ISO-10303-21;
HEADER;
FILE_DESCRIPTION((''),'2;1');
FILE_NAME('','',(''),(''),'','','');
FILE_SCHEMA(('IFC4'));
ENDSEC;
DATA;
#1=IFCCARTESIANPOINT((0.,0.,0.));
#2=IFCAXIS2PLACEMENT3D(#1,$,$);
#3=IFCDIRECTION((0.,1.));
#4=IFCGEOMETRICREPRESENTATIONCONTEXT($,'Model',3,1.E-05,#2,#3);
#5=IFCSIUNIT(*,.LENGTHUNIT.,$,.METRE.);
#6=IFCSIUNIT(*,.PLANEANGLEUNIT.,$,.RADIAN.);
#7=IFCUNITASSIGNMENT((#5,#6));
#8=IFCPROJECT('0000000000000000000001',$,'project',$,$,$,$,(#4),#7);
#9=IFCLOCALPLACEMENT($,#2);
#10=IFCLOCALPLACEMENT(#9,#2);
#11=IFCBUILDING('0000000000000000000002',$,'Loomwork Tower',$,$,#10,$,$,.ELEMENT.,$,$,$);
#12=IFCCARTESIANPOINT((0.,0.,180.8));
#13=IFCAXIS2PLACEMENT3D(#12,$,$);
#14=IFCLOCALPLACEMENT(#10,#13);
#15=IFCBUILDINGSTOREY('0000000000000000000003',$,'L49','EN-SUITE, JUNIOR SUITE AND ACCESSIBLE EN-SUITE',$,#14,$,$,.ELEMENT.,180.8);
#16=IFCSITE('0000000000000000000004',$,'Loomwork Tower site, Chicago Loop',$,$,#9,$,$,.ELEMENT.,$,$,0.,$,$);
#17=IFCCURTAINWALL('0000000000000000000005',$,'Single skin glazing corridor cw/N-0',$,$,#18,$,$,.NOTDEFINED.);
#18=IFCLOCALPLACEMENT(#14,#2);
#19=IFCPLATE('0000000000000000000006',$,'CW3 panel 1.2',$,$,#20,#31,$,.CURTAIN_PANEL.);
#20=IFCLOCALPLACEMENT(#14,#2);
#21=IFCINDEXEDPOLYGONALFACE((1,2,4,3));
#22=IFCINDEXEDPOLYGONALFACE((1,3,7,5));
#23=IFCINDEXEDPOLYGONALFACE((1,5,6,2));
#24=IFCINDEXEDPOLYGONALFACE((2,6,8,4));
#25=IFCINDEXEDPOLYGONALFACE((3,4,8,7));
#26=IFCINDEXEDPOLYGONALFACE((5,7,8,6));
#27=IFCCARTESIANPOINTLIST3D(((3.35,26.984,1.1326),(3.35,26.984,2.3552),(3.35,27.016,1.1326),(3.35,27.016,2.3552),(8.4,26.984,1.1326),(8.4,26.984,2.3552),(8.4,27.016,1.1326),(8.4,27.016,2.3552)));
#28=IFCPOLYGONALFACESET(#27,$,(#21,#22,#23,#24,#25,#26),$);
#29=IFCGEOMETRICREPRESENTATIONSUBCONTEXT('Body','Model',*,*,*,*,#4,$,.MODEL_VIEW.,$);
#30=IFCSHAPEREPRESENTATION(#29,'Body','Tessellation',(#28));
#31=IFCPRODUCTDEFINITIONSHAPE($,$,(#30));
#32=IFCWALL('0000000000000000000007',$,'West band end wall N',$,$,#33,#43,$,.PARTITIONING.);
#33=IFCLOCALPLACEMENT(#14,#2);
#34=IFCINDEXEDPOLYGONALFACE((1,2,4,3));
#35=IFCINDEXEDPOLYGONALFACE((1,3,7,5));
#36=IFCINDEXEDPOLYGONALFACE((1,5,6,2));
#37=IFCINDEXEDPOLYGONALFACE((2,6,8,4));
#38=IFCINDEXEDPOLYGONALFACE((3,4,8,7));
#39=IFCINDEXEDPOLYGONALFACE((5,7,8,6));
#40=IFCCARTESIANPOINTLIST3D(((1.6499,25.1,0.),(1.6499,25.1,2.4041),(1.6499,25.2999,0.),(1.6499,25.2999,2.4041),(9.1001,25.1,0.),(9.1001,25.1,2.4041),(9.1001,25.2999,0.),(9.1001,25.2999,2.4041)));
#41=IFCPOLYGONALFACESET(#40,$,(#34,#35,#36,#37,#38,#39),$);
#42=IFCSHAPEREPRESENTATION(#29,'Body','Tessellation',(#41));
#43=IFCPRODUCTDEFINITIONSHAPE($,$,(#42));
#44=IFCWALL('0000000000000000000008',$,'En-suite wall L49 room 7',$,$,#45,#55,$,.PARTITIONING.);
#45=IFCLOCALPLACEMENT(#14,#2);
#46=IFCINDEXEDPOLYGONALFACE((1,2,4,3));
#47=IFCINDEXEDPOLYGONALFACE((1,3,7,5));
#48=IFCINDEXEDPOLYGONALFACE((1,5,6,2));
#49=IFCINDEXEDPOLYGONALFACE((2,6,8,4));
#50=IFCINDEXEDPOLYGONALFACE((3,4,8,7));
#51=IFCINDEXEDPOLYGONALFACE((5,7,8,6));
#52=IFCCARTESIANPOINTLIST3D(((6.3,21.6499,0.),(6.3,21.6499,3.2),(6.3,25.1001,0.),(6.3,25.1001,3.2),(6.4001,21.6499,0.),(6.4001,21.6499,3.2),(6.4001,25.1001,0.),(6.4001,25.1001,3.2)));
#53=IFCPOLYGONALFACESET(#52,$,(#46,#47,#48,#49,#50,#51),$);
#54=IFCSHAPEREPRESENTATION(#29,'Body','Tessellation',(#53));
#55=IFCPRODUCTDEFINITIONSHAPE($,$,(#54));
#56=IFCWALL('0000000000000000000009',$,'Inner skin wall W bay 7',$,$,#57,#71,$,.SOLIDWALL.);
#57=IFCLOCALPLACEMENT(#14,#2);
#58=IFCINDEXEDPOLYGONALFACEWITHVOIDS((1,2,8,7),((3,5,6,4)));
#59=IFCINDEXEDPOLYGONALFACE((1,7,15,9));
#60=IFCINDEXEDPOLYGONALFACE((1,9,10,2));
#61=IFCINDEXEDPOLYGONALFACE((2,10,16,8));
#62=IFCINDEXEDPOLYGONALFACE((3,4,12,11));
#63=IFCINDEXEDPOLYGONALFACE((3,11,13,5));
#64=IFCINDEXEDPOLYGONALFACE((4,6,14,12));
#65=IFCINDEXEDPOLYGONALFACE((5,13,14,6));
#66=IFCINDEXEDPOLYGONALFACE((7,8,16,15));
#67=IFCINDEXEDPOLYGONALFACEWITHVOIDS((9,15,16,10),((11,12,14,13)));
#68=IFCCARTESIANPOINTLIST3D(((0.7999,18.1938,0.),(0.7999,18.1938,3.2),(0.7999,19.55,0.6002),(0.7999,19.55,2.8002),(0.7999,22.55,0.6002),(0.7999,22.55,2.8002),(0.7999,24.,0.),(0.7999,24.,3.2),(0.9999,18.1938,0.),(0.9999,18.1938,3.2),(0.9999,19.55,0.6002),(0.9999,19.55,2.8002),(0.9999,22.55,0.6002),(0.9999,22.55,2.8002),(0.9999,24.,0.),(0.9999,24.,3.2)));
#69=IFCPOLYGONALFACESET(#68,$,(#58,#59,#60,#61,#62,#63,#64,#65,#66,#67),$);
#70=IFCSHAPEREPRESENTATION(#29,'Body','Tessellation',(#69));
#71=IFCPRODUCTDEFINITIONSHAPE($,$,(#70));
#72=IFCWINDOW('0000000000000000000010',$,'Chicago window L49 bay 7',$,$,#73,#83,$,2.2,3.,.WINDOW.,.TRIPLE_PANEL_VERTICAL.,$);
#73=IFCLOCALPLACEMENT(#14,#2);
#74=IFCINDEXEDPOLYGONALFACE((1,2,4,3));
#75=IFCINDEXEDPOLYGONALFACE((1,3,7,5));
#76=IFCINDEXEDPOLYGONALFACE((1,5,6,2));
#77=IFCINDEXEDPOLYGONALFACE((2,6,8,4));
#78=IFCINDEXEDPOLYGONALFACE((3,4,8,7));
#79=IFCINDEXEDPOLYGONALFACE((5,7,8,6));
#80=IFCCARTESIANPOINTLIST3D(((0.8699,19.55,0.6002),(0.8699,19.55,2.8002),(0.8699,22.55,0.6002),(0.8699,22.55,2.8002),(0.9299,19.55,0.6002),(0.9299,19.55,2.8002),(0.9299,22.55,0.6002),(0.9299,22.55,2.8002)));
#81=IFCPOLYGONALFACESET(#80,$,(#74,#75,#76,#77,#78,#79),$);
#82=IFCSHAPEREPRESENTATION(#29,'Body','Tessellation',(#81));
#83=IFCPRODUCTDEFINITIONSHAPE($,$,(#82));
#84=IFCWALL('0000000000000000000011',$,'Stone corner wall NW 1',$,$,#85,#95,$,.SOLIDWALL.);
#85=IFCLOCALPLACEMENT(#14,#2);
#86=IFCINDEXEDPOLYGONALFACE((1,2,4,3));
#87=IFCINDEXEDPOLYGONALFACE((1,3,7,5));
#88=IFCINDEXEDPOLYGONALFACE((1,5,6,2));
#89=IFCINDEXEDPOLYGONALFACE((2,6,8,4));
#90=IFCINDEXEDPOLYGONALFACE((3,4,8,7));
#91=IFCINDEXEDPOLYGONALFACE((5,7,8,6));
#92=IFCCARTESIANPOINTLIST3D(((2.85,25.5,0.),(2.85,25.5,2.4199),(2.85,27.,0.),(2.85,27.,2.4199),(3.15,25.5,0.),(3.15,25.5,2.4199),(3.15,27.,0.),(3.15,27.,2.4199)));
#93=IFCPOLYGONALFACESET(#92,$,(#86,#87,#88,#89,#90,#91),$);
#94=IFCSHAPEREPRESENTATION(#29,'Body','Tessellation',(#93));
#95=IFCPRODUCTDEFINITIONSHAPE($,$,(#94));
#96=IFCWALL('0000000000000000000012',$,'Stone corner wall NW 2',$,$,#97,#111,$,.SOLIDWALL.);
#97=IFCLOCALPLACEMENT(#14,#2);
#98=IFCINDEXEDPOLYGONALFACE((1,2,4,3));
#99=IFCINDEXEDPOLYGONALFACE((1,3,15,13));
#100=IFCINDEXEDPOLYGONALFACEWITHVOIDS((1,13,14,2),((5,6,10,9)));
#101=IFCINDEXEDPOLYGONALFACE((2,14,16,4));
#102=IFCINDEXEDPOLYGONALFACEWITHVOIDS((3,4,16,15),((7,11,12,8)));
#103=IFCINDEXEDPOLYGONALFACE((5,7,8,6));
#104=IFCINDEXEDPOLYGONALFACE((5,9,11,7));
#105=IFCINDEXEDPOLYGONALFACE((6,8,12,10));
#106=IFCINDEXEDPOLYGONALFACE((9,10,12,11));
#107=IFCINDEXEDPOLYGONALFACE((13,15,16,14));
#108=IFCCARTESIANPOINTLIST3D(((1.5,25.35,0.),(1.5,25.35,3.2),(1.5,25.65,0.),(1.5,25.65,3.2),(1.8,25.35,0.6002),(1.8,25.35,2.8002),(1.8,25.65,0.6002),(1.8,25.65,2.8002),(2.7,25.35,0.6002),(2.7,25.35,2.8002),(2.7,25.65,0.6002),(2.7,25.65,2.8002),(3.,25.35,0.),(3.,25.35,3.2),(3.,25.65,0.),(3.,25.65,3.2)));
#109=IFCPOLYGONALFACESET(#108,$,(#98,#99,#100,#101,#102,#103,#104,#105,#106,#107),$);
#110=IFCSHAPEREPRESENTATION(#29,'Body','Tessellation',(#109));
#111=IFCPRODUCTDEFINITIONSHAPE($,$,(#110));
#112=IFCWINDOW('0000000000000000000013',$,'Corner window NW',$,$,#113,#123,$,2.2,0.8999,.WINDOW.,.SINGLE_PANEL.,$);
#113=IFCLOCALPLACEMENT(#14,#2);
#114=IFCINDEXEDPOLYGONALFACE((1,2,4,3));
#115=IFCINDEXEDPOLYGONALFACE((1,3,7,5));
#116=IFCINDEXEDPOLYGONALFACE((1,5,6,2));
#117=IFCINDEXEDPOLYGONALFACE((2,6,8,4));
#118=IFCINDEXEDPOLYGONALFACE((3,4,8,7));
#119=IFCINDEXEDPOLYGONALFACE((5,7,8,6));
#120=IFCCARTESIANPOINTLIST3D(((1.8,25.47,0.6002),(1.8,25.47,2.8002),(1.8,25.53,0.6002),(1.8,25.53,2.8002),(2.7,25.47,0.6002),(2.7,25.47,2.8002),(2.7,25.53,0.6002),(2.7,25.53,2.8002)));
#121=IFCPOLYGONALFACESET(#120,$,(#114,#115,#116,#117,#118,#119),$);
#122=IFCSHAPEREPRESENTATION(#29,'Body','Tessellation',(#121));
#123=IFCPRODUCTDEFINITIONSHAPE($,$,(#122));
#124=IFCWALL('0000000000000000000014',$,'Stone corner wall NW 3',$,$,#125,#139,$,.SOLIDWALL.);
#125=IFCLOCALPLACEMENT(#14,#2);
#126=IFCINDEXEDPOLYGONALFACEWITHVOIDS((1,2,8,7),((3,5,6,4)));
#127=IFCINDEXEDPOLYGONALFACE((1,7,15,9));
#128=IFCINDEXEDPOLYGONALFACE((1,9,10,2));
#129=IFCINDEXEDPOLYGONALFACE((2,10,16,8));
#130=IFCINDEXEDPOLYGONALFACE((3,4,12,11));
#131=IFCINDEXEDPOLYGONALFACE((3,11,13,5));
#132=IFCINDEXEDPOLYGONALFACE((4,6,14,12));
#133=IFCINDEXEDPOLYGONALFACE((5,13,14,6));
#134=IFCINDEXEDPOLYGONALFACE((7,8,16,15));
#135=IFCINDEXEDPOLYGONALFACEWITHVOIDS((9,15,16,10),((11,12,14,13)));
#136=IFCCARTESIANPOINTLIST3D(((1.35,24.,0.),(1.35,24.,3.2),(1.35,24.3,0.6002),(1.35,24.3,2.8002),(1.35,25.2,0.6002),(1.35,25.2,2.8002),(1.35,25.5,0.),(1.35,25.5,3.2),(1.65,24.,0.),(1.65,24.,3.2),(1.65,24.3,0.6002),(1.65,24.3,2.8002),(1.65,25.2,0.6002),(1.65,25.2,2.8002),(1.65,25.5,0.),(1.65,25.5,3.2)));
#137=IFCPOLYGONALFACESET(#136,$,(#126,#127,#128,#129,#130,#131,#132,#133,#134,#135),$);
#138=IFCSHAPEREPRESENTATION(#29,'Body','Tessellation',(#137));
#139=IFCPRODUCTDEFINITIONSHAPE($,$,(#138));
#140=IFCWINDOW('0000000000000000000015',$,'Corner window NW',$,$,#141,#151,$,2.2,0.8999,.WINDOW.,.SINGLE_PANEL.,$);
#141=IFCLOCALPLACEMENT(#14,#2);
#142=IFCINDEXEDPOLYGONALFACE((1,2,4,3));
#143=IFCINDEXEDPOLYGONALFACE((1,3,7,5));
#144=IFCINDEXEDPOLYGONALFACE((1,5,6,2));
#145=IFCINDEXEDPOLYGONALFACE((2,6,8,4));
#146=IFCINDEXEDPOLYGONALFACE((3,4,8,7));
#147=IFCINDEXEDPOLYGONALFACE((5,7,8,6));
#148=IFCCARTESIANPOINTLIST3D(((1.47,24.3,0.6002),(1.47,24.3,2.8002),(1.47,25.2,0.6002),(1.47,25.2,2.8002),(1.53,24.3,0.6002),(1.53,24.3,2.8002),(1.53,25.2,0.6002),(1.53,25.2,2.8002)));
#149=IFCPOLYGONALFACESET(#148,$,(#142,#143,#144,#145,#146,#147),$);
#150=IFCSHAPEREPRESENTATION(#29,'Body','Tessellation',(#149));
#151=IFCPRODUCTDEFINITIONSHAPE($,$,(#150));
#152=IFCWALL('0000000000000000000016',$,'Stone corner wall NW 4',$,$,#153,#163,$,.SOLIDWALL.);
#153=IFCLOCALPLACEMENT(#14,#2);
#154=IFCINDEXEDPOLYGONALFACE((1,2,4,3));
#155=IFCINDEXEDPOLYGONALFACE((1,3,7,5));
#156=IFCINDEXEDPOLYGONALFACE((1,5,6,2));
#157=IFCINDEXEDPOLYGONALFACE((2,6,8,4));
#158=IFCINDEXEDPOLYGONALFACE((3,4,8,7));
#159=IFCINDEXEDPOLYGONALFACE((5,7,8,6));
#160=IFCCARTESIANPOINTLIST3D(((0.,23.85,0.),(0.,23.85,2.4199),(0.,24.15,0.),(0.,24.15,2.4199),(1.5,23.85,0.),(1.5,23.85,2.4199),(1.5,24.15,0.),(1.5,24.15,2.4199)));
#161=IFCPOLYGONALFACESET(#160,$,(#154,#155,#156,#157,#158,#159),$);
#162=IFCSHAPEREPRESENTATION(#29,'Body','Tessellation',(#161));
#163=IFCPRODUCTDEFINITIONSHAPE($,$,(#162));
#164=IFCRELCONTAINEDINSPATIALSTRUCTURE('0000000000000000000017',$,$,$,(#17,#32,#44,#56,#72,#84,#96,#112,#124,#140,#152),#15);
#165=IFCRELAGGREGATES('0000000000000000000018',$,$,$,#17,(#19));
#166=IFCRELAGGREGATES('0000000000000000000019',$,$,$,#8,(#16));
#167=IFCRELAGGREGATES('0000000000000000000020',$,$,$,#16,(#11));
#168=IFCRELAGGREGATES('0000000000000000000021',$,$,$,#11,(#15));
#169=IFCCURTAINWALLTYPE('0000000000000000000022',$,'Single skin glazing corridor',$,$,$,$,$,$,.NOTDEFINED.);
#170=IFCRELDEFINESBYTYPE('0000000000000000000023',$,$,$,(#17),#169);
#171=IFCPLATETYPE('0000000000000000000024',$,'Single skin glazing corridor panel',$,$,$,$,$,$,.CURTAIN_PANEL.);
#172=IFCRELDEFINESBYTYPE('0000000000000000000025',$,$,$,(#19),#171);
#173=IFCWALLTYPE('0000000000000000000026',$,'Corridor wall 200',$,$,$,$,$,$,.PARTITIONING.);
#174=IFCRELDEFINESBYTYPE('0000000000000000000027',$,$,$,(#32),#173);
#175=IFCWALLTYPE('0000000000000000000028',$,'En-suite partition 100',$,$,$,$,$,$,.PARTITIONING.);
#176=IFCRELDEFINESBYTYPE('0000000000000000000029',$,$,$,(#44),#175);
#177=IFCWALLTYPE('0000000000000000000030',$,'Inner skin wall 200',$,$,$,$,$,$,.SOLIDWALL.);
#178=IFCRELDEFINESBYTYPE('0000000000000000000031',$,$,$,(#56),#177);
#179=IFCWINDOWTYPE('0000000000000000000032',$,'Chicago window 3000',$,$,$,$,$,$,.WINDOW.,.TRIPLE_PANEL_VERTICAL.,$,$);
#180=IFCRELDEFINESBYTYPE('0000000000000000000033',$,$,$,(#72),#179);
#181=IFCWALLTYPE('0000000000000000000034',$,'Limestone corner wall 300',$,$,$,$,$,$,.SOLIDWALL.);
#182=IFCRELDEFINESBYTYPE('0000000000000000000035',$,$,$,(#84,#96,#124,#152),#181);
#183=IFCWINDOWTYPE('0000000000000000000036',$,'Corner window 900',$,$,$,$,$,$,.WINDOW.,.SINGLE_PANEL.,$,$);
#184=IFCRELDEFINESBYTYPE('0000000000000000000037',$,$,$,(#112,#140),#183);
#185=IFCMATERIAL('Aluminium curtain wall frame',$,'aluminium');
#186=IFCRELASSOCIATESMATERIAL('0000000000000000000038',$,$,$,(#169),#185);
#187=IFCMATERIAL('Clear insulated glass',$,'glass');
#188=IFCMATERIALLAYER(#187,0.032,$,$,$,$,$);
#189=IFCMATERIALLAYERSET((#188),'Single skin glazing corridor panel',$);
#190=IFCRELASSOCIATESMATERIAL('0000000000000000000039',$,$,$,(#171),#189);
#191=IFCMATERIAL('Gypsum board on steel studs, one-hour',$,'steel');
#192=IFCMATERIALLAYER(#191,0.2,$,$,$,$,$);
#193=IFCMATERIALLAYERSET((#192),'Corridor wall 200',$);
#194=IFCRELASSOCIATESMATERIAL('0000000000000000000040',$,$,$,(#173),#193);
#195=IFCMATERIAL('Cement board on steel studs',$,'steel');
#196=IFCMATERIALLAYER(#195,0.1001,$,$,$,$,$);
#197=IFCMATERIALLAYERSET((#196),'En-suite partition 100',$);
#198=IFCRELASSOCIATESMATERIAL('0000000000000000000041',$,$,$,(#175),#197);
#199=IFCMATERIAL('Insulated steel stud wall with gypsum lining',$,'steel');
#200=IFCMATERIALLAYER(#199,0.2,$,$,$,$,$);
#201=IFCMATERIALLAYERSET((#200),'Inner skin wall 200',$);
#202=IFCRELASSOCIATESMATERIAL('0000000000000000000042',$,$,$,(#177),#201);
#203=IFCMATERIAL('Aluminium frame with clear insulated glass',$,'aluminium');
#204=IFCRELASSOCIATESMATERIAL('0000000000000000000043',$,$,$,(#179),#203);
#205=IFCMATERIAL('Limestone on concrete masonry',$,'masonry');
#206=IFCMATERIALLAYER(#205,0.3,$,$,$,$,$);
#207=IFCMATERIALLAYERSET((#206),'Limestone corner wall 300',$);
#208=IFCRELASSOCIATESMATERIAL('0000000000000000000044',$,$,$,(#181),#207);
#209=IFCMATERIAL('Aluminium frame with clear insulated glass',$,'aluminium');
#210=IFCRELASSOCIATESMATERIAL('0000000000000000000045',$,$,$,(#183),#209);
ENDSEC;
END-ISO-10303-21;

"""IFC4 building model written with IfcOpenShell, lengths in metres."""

from ifc_helpers import new_model, si_unit, direction, frame, frame_2d, origin, origin_2d, place, context, subcontext, project, spatial, rectangle, extrude, material, layer, layer_set, type_object, element, fill, aggregate, save


model = new_model("IFC4")

# Units and contexts
model_context = context("Model", 3, precision=1e-05, world=origin(), true_north=direction((0.0, 1.0)))
body_context = subcontext(model_context, "Body", "Model", "MODEL_VIEW")
ifc_project = project(units=[si_unit("LENGTHUNIT", "METRE"), si_unit("PLANEANGLEUNIT", "RADIAN")], contexts=[model_context])

# Site, building, storey
site_placement = place(None, origin())
site = spatial("IfcSite", under=ifc_project, at=site_placement, Name="Loomwork Tower site, Chicago Loop", CompositionType="ELEMENT", RefElevation=0.0)
building_placement = place(site_placement, origin())
building = spatial("IfcBuilding", under=site, at=building_placement, Name="Loomwork Tower", CompositionType="ELEMENT")
storey_placement = place(building_placement, frame((0.0, 0.0, 180.8)))
storey = spatial("IfcBuildingStorey", under=building, at=storey_placement, Name="L49", Description="EN-SUITE, JUNIOR SUITE AND ACCESSIBLE EN-SUITE", CompositionType="ELEMENT", Elevation=180.8)

# Curtain wall
ifc_material_1 = material(Name="Aluminium curtain wall frame", Category="aluminium")
curtain_wall_type_1 = type_object("IfcCurtainWallType", Name="Single skin glazing corridor", PredefinedType="NOTDEFINED", material=ifc_material_1)
curtain_wall_1_placement = place(storey_placement, origin())
curtain_wall_1 = element("IfcCurtainWall", 1, at=curtain_wall_1_placement, inside=storey, type_object=curtain_wall_type_1, Name="Single skin glazing corridor cw/N-0", PredefinedType="NOTDEFINED")

# Plate
ifc_material_2 = material(Name="Clear insulated glass", Category="glass")
ifc_layer_1 = layer(ifc_material_2, 0.032)
ifc_layer_set_1 = layer_set([ifc_layer_1], Name="Single skin glazing corridor panel")
plate_type_1 = type_object("IfcPlateType", Name="Single skin glazing corridor panel", PredefinedType="CURTAIN_PANEL", material=ifc_layer_set_1)
plate_1_placement = place(storey_placement, frame((5.875, 27.0, 1.1326), z_axis=(0.0, 0.0, 1.0), x_axis=(-1.0, 0.0, 0.0)))
plate_1 = element("IfcPlate", 2, at=plate_1_placement, type_object=plate_type_1, Name="CW3 panel 1.2", PredefinedType="CURTAIN_PANEL", context=body_context, shape_type="SweptSolid", body=[
    extrude(rectangle(XDim=5.05, YDim=0.032, at=origin_2d()), origin(), (0.0, 0.0, 1.0), 1.2227),
])
aggregate(curtain_wall_1, [plate_1])

# Walls
ifc_material_3 = material(Name="Gypsum board on steel studs, one-hour", Category="steel")
ifc_layer_2 = layer(ifc_material_3, 0.2)
ifc_layer_set_2 = layer_set([ifc_layer_2], Name="Corridor wall 200")
wall_type_1 = type_object("IfcWallType", Name="Corridor wall 200", PredefinedType="PARTITIONING", material=ifc_layer_set_2)
wall_1_placement = place(storey_placement, frame((1.6499, 25.2, 0.0), z_axis=(0.0, 0.0, 1.0), x_axis=(1.0, 0.0, 0.0)))
element("IfcWall", 3, at=wall_1_placement, inside=storey, type_object=wall_type_1, Name="West band end wall N", PredefinedType="PARTITIONING", context=body_context, shape_type="SweptSolid", body=[
    extrude(rectangle(XDim=7.4502, YDim=0.2, at=frame_2d((3.7251, 0.0))), origin(), (0.0, 0.0, 1.0), 2.4041),
])
ifc_material_4 = material(Name="Cement board on steel studs", Category="steel")
ifc_layer_3 = layer(ifc_material_4, 0.1001)
ifc_layer_set_3 = layer_set([ifc_layer_3], Name="En-suite partition 100")
wall_type_2 = type_object("IfcWallType", Name="En-suite partition 100", PredefinedType="PARTITIONING", material=ifc_layer_set_3)
wall_2_placement = place(storey_placement, frame((6.3501, 21.6499, 0.0), z_axis=(0.0, 0.0, 1.0), x_axis=(0.0, 1.0, 0.0)))
element("IfcWall", 4, at=wall_2_placement, inside=storey, type_object=wall_type_2, Name="En-suite wall L49 room 7", PredefinedType="PARTITIONING", context=body_context, shape_type="SweptSolid", body=[
    extrude(rectangle(XDim=3.4502, YDim=0.1001, at=frame_2d((1.7251, 0.0))), origin(), (0.0, 0.0, 1.0), 3.2),
])

# Wall, opening, window
ifc_material_5 = material(Name="Insulated steel stud wall with gypsum lining", Category="steel")
ifc_layer_4 = layer(ifc_material_5, 0.2)
ifc_layer_set_4 = layer_set([ifc_layer_4], Name="Inner skin wall 200")
wall_type_3 = type_object("IfcWallType", Name="Inner skin wall 200", PredefinedType="SOLIDWALL", material=ifc_layer_set_4)
wall_3_placement = place(storey_placement, frame((0.8999, 18.1938, 0.0), z_axis=(0.0, 0.0, 1.0), x_axis=(0.0, 1.0, 0.0)))
wall_3 = element("IfcWall", 5, at=wall_3_placement, inside=storey, type_object=wall_type_3, Name="Inner skin wall W bay 7", PredefinedType="SOLIDWALL", context=body_context, shape_type="SweptSolid", body=[
    extrude(rectangle(XDim=5.8062, YDim=0.2, at=frame_2d((2.9031, 0.0))), origin(), (0.0, 0.0, 1.0), 3.2),
])
opening_1_placement = place(wall_3_placement, frame((1.3562, 0.0, 0.6001)))
opening_1 = element("IfcOpeningElement", 6, at=opening_1_placement, cuts=wall_3, PredefinedType="OPENING", context=body_context, shape_type="SweptSolid", body=[
    extrude(rectangle(XDim=3.0, YDim=2.2, at=frame_2d((1.5, 1.1001))), frame((0.0, 0.1099, 0.0), z_axis=(0.0, -1.0, 0.0), x_axis=(1.0, 0.0, 0.0)), (0.0, 0.0, 1.0), 0.22),
])
ifc_material_6 = material(Name="Aluminium frame with clear insulated glass", Category="aluminium")
window_type_1 = type_object("IfcWindowType", Name="Chicago window 3000", PartitioningType="TRIPLE_PANEL_VERTICAL", PredefinedType="WINDOW", material=ifc_material_6)
window_1_placement = place(opening_1_placement, origin())
window_1 = element("IfcWindow", 7, at=window_1_placement, inside=storey, type_object=window_type_1, Name="Chicago window L49 bay 7", OverallHeight=2.2, OverallWidth=3.0, PartitioningType="TRIPLE_PANEL_VERTICAL", PredefinedType="WINDOW", context=body_context, shape_type="SweptSolid", body=[
    extrude(rectangle(XDim=3.0, YDim=2.2, at=frame_2d((1.5, 1.1001))), frame((0.0, 0.03, 0.0), z_axis=(0.0, -1.0, 0.0), x_axis=(1.0, 0.0, 0.0)), (0.0, 0.0, 1.0), 0.0601),
])
fill(opening_1, window_1)

# Wall
ifc_material_7 = material(Name="Limestone on concrete masonry", Category="masonry")
ifc_layer_5 = layer(ifc_material_7, 0.3)
ifc_layer_set_5 = layer_set([ifc_layer_5], Name="Limestone corner wall 300")
wall_type_4 = type_object("IfcWallType", Name="Limestone corner wall 300", PredefinedType="SOLIDWALL", material=ifc_layer_set_5)
wall_4_placement = place(storey_placement, frame((3.0, 27.0, 0.0), z_axis=(0.0, 0.0, 1.0), x_axis=(0.0, -1.0, 0.0)))
element("IfcWall", 8, at=wall_4_placement, inside=storey, type_object=wall_type_4, Name="Stone corner wall NW 1", PredefinedType="SOLIDWALL", context=body_context, shape_type="SweptSolid", body=[
    extrude(rectangle(XDim=1.5, YDim=0.3, at=frame_2d((0.75, 0.0))), origin(), (0.0, 0.0, 1.0), 2.4199),
])

# Walls, openings, windows
wall_5_placement = place(storey_placement, frame((3.0, 25.5, 0.0), z_axis=(0.0, 0.0, 1.0), x_axis=(-1.0, 0.0, 0.0)))
wall_5 = element("IfcWall", 9, at=wall_5_placement, inside=storey, type_object=wall_type_4, Name="Stone corner wall NW 2", PredefinedType="SOLIDWALL", context=body_context, shape_type="SweptSolid", body=[
    extrude(rectangle(XDim=1.5, YDim=0.3, at=frame_2d((0.75, 0.0))), origin(), (0.0, 0.0, 1.0), 3.2),
])
opening_2_placement = place(wall_5_placement, frame((0.3, 0.0, 0.6001)))
opening_2 = element("IfcOpeningElement", 10, at=opening_2_placement, cuts=wall_5, PredefinedType="OPENING", context=body_context, shape_type="SweptSolid", body=[
    extrude(rectangle(XDim=0.8999, YDim=2.2, at=frame_2d((0.45, 1.1001))), frame((0.0, 0.1599, 0.0), z_axis=(0.0, -1.0, 0.0), x_axis=(1.0, 0.0, 0.0)), (0.0, 0.0, 1.0), 0.3201),
])
ifc_material_8 = material(Name="Aluminium frame with clear insulated glass", Category="aluminium")
window_type_2 = type_object("IfcWindowType", Name="Corner window 900", PartitioningType="SINGLE_PANEL", PredefinedType="WINDOW", material=ifc_material_8)
window_2_placement = place(opening_2_placement, origin())
window_2 = element("IfcWindow", 11, at=window_2_placement, inside=storey, type_object=window_type_2, Name="Corner window NW", OverallHeight=2.2, OverallWidth=0.8999, PartitioningType="SINGLE_PANEL", PredefinedType="WINDOW", context=body_context, shape_type="SweptSolid", body=[
    extrude(rectangle(XDim=0.8999, YDim=2.2, at=frame_2d((0.45, 1.1001))), frame((0.0, 0.03, 0.0), z_axis=(0.0, -1.0, 0.0), x_axis=(1.0, 0.0, 0.0)), (0.0, 0.0, 1.0), 0.0601),
])
fill(opening_2, window_2)
wall_6_placement = place(storey_placement, frame((1.5, 25.5, 0.0), z_axis=(0.0, 0.0, 1.0), x_axis=(0.0, -1.0, 0.0)))
wall_6 = element("IfcWall", 12, at=wall_6_placement, inside=storey, type_object=wall_type_4, Name="Stone corner wall NW 3", PredefinedType="SOLIDWALL", context=body_context, shape_type="SweptSolid", body=[
    extrude(rectangle(XDim=1.5, YDim=0.3, at=frame_2d((0.75, 0.0))), origin(), (0.0, 0.0, 1.0), 3.2),
])
opening_3_placement = place(wall_6_placement, frame((0.3, 0.0, 0.6001)))
opening_3 = element("IfcOpeningElement", 13, at=opening_3_placement, cuts=wall_6, PredefinedType="OPENING", context=body_context, shape_type="SweptSolid", body=[
    extrude(rectangle(XDim=0.8999, YDim=2.2, at=frame_2d((0.45, 1.1001))), frame((0.0, 0.1599, 0.0), z_axis=(0.0, -1.0, 0.0), x_axis=(1.0, 0.0, 0.0)), (0.0, 0.0, 1.0), 0.3201),
])
window_3_placement = place(opening_3_placement, origin())
window_3 = element("IfcWindow", 14, at=window_3_placement, inside=storey, type_object=window_type_2, Name="Corner window NW", OverallHeight=2.2, OverallWidth=0.8999, PartitioningType="SINGLE_PANEL", PredefinedType="WINDOW", context=body_context, shape_type="SweptSolid", body=[
    extrude(rectangle(XDim=0.8999, YDim=2.2, at=frame_2d((0.45, 1.1001))), frame((0.0, 0.03, 0.0), z_axis=(0.0, -1.0, 0.0), x_axis=(1.0, 0.0, 0.0)), (0.0, 0.0, 1.0), 0.0601),
])
fill(opening_3, window_3)

# Wall
wall_7_placement = place(storey_placement, frame((1.5, 24.0, 0.0), z_axis=(0.0, 0.0, 1.0), x_axis=(-1.0, 0.0, 0.0)))
element("IfcWall", 15, at=wall_7_placement, inside=storey, type_object=wall_type_4, Name="Stone corner wall NW 4", PredefinedType="SOLIDWALL", context=body_context, shape_type="SweptSolid", body=[
    extrude(rectangle(XDim=1.5, YDim=0.3, at=frame_2d((0.75, 0.0))), origin(), (0.0, 0.0, 1.0), 2.4199),
])

save(model, "model.ifc")
